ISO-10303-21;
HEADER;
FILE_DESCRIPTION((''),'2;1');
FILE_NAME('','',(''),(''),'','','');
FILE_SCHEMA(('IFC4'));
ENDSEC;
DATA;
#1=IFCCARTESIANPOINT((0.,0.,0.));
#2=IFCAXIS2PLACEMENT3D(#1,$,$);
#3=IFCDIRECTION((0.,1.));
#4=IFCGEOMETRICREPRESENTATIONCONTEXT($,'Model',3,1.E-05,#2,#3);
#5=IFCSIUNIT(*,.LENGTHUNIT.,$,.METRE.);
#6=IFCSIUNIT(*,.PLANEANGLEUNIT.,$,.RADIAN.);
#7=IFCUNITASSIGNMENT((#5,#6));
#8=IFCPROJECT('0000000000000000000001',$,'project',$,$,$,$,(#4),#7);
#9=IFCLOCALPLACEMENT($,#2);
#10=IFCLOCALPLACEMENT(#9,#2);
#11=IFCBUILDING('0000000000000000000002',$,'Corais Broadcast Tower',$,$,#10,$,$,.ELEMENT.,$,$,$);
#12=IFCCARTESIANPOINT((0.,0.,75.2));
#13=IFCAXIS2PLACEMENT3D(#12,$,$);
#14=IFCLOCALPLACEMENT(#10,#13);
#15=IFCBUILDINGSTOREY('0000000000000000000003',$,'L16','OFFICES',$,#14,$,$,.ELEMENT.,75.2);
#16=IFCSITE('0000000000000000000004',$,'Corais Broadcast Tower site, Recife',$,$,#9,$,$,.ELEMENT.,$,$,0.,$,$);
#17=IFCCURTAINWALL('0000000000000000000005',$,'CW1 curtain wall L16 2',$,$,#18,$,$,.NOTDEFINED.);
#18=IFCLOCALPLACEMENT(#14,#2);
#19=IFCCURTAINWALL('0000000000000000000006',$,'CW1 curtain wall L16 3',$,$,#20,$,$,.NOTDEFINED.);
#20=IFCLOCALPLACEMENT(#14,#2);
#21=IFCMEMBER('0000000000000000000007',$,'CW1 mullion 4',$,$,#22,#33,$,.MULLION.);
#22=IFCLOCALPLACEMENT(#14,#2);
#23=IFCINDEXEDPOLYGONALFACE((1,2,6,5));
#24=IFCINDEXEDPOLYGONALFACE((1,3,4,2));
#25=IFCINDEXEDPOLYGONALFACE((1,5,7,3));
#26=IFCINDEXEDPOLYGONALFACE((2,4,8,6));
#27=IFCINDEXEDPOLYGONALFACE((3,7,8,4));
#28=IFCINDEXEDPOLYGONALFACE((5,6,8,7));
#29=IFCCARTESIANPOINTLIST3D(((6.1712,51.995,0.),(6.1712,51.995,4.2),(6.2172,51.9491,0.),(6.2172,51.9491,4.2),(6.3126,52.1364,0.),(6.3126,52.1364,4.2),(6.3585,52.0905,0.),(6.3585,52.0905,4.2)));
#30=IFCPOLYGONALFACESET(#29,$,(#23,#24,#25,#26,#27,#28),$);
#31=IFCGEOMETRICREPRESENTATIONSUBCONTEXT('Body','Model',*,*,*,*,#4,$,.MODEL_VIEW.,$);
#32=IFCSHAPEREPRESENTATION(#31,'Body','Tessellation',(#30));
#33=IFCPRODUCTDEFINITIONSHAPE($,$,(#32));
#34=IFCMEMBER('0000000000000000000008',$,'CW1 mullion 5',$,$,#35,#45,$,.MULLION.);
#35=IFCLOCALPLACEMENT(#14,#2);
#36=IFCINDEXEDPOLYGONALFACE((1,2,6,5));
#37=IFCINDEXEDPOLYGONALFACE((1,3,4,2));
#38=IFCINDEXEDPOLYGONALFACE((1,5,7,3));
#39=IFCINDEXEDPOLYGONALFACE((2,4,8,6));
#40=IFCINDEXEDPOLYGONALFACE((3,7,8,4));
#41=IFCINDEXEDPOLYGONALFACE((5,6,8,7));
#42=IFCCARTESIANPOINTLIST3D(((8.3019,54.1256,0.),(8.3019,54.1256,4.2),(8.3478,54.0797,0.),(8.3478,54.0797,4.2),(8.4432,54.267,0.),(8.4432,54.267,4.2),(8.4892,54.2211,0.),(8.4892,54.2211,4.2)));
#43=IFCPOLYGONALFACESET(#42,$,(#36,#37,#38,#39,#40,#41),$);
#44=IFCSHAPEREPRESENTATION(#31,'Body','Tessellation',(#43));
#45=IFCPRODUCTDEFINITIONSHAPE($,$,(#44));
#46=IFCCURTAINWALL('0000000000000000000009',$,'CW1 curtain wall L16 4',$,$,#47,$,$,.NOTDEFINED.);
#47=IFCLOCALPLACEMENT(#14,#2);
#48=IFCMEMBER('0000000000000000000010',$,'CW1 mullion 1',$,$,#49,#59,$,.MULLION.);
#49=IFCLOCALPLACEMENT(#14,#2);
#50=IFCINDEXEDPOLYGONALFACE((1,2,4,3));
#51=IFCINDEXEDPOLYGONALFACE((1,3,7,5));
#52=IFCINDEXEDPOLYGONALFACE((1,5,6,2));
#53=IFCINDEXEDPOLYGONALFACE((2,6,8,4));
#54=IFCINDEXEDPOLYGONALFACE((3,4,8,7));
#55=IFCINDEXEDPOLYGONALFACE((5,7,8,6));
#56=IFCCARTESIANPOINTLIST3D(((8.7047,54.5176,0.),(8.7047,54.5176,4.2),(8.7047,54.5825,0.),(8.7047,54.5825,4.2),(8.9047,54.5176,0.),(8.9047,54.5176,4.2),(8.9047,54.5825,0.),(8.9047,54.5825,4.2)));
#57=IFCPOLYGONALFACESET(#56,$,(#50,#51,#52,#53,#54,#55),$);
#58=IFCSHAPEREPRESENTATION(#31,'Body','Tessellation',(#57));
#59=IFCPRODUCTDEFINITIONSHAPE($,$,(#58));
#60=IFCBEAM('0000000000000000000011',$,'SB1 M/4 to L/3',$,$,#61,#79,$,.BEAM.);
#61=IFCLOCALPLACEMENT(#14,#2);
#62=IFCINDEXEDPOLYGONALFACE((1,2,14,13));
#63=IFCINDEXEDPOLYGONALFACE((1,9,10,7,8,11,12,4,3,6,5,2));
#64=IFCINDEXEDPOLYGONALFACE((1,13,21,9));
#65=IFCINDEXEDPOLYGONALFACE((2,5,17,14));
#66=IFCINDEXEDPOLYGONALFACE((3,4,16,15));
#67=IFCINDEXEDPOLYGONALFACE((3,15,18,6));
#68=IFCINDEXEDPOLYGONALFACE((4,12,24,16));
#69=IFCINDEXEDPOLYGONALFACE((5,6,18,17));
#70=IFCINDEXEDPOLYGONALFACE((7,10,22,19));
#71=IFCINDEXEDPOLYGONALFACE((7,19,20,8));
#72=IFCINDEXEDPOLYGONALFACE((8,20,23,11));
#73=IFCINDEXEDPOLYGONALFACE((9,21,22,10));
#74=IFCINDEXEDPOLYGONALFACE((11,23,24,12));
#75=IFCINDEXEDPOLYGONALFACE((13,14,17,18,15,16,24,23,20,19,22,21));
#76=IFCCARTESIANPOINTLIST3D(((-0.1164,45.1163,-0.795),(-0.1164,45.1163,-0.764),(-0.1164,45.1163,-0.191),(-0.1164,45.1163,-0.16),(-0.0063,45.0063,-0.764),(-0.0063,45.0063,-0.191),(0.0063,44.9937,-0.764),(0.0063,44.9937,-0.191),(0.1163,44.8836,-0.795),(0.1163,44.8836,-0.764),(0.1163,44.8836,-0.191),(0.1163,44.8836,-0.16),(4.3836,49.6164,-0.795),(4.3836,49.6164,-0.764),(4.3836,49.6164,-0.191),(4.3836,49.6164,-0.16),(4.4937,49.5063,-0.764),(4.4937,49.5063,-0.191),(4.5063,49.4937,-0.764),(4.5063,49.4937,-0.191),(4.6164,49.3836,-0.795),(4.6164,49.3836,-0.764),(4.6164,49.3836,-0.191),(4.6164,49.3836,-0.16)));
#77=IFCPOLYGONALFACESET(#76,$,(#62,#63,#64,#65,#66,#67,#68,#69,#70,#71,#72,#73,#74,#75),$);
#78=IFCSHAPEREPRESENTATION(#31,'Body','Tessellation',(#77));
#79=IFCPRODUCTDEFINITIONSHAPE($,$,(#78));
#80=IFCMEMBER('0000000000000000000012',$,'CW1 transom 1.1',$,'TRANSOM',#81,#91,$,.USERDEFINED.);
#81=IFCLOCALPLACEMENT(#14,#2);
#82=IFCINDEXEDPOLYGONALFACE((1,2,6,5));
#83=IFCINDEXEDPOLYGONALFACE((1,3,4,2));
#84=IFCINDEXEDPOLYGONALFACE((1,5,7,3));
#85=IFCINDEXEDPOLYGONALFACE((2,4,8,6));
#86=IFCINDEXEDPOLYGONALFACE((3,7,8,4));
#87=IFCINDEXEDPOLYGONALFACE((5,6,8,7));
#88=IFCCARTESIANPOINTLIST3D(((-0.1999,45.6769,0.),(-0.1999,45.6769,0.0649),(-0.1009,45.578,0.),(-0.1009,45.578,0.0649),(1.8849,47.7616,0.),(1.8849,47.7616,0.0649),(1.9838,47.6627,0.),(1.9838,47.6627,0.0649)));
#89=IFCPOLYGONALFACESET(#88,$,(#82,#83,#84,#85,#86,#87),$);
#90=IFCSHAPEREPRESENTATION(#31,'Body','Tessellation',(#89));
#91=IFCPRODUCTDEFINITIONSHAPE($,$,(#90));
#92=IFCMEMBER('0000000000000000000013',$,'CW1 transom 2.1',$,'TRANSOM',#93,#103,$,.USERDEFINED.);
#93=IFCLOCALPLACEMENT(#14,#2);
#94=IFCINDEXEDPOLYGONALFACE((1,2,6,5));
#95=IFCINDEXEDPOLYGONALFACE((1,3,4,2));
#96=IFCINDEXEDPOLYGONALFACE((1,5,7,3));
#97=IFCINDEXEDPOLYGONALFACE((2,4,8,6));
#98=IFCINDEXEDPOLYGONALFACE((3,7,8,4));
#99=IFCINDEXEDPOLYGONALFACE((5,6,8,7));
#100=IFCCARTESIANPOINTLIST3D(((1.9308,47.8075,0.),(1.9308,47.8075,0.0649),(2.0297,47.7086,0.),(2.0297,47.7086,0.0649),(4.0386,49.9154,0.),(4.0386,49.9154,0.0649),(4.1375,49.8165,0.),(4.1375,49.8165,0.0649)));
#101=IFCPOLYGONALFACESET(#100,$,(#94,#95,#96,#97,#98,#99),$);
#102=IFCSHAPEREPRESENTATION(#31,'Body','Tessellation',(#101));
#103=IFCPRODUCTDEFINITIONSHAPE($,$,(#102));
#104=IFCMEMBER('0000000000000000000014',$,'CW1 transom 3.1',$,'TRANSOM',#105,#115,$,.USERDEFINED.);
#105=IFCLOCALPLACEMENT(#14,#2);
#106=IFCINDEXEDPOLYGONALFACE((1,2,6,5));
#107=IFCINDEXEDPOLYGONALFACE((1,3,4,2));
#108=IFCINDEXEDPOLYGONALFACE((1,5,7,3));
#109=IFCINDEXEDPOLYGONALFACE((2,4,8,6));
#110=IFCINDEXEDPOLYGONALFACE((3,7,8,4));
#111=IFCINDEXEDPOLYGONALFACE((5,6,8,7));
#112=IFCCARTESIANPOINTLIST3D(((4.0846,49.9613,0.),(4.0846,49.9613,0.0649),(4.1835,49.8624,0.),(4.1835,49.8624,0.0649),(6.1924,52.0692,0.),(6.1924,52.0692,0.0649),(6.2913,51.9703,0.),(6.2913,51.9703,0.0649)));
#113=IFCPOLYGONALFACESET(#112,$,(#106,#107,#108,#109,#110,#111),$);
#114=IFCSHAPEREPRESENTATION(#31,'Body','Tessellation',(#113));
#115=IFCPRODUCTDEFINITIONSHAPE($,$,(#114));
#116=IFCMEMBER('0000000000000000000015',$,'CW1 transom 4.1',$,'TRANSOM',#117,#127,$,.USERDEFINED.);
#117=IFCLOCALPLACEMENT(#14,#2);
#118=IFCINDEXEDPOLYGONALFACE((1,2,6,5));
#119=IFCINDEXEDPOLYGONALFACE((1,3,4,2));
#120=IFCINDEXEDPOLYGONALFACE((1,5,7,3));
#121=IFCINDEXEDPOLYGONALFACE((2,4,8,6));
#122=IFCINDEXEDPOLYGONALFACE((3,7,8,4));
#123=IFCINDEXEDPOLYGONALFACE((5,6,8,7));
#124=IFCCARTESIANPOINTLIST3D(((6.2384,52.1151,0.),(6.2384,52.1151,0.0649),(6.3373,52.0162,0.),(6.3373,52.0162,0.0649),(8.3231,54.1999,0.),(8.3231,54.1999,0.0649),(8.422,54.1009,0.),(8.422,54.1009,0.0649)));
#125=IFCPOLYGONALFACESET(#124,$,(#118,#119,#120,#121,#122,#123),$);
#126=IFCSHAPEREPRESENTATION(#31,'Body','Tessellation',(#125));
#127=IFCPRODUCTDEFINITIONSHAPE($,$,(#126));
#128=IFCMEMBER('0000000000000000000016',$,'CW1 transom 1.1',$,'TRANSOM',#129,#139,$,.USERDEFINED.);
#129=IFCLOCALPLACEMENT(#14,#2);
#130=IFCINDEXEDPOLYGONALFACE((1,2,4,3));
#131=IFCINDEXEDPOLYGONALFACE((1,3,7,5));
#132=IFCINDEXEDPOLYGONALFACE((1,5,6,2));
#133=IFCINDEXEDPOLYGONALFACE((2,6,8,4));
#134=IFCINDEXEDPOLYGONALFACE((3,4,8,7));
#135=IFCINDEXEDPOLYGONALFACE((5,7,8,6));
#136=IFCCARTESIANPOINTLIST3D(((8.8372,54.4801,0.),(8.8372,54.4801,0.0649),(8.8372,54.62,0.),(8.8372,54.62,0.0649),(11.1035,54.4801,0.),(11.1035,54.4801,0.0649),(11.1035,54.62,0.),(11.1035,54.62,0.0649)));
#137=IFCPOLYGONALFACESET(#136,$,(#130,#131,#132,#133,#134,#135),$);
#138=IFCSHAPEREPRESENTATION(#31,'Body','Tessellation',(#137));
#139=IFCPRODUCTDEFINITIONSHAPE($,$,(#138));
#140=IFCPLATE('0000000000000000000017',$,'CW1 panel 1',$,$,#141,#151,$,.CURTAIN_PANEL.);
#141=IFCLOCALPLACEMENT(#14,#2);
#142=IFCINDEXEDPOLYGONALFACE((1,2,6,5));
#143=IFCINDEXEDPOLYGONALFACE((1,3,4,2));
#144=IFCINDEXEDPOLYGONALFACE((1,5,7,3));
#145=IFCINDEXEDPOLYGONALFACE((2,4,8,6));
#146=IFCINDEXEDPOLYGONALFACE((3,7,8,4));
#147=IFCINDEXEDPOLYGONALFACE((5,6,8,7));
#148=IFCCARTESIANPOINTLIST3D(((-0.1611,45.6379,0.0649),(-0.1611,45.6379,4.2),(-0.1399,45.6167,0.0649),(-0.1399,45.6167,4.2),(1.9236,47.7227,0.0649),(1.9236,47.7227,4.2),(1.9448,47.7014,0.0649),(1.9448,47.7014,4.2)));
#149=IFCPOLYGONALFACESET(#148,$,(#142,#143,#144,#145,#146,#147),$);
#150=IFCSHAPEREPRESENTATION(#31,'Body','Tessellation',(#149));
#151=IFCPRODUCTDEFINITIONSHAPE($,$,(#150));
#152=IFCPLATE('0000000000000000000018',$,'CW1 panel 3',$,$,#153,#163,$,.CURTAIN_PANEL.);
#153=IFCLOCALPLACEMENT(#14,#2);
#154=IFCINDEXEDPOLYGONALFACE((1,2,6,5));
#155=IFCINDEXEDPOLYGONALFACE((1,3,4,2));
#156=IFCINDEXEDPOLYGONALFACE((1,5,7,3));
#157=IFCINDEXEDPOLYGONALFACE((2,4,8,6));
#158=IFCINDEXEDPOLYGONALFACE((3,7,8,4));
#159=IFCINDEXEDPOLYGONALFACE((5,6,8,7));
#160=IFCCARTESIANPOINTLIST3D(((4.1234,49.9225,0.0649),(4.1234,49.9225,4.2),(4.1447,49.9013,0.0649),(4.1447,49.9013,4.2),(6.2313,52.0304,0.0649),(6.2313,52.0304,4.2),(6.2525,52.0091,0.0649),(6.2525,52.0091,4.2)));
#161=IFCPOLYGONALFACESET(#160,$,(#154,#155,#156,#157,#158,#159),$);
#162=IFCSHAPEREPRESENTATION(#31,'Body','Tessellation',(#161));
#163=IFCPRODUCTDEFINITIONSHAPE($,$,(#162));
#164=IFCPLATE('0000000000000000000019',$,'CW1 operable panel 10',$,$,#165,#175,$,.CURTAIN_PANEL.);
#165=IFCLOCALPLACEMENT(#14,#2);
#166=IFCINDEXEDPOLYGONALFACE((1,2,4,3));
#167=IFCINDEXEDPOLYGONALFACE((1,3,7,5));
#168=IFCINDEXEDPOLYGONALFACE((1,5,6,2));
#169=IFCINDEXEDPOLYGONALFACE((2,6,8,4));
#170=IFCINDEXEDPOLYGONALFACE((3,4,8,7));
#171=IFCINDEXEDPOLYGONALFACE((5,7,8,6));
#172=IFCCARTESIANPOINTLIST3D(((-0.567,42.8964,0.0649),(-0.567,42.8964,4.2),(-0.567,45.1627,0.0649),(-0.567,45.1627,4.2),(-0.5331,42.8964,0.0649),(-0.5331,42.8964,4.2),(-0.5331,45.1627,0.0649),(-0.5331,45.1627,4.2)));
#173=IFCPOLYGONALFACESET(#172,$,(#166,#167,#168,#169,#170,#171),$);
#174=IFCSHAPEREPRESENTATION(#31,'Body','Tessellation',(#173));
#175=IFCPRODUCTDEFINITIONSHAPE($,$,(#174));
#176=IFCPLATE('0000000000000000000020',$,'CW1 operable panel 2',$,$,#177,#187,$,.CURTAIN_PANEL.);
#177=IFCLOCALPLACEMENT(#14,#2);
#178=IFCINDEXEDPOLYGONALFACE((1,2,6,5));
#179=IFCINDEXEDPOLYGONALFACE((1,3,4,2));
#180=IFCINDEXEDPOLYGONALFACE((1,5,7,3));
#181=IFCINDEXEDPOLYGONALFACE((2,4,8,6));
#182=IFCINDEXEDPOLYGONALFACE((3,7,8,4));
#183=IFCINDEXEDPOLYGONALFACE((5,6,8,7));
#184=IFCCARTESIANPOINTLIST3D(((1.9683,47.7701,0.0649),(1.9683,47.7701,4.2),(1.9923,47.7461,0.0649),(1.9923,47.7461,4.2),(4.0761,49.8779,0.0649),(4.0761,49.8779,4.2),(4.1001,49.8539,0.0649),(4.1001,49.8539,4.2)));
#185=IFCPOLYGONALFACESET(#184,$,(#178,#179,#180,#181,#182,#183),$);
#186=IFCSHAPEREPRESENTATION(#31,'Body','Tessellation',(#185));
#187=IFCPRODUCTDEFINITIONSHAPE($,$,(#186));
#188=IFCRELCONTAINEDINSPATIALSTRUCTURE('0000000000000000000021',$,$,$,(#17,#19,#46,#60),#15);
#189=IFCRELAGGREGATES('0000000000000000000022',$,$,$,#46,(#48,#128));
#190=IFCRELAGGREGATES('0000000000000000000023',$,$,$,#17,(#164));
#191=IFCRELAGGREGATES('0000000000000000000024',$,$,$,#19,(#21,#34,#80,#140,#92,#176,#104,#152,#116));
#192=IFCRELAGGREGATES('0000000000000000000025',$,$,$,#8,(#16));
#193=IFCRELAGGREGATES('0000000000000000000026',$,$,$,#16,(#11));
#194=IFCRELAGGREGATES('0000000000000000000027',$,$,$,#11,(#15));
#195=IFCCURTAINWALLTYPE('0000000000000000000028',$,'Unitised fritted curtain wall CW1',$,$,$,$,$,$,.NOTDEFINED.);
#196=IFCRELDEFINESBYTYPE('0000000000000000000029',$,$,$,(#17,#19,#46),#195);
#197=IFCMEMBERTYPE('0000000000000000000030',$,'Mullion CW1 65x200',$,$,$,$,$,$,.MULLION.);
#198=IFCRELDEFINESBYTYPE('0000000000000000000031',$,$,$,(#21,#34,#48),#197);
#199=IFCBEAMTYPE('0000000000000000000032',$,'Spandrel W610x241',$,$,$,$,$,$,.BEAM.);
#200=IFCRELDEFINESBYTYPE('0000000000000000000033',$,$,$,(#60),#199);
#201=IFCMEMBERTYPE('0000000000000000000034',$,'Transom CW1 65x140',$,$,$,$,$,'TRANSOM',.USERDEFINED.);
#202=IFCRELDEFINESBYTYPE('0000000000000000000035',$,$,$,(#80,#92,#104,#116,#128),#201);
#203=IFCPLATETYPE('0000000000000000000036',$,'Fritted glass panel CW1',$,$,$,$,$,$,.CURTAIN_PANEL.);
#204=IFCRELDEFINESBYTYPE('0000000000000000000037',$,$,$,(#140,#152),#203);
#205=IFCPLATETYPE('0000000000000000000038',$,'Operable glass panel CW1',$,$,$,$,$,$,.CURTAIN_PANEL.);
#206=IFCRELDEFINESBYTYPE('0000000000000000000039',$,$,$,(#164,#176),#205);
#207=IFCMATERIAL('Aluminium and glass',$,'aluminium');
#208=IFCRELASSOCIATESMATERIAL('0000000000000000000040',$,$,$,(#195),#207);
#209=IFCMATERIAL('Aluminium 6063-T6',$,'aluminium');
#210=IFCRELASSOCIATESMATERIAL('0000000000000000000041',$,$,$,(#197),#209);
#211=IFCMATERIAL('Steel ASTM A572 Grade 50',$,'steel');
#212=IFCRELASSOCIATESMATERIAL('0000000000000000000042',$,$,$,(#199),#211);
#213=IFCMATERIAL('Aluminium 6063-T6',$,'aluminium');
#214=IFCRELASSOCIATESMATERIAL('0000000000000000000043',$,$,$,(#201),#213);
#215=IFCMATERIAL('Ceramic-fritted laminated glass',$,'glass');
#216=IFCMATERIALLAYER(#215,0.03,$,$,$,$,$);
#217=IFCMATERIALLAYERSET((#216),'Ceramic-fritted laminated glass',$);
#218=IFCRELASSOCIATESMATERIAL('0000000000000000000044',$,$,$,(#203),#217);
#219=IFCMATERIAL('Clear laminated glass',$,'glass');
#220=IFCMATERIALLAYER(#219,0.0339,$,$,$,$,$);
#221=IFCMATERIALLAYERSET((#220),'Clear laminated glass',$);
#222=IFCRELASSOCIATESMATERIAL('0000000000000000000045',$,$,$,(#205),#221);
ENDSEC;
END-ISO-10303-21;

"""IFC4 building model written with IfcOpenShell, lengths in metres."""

from ifc_helpers import new_model, si_unit, direction, frame, origin, origin_2d, place, context, subcontext, project, spatial, rectangle, i_section, extrude, material, layer, layer_set, material_profile, profile_set, type_object, element, aggregate, save


model = new_model("IFC4")

# Units and contexts
model_context = context("Model", 3, precision=1e-05, world=origin(), true_north=direction((0.0, 1.0)))
body_context = subcontext(model_context, "Body", "Model", "MODEL_VIEW")
ifc_project = project(units=[si_unit("LENGTHUNIT", "METRE"), si_unit("PLANEANGLEUNIT", "RADIAN")], contexts=[model_context])

# Site, building, storey
site_placement = place(None, origin())
site = spatial("IfcSite", under=ifc_project, at=site_placement, Name="Corais Broadcast Tower site, Recife", CompositionType="ELEMENT", RefElevation=0.0)
building_placement = place(site_placement, origin())
building = spatial("IfcBuilding", under=site, at=building_placement, Name="Corais Broadcast Tower", CompositionType="ELEMENT")
storey_placement = place(building_placement, frame((0.0, 0.0, 75.2)))
storey = spatial("IfcBuildingStorey", under=building, at=storey_placement, Name="L16", Description="OFFICES", CompositionType="ELEMENT", Elevation=75.2)

# Curtain wall
ifc_material_1 = material(Name="Aluminium and glass", Category="aluminium")
curtain_wall_type = type_object("IfcCurtainWallType", Name="Unitised fritted curtain wall CW1", PredefinedType="NOTDEFINED", material=ifc_material_1)
curtain_wall_1_placement = place(storey_placement, origin())
curtain_wall_1 = element("IfcCurtainWall", 1, at=curtain_wall_1_placement, inside=storey, type_object=curtain_wall_type, Name="CW1 curtain wall L16 2", PredefinedType="NOTDEFINED")
ifc_material_2 = material(Name="Aluminium 6063-T6", Category="aluminium")
ifc_material_profile_1 = material_profile(ifc_material_2, rectangle(XDim=0.0649, YDim=0.2, at=origin_2d()), Name="Mullion CW1 65x200")
ifc_profile_set_1 = profile_set([ifc_material_profile_1], Name="Aluminium 6063-T6")
member_type_1 = type_object("IfcMemberType", Name="Mullion CW1 65x200", PredefinedType="MULLION", material=ifc_profile_set_1)

# Curtain wall, members
curtain_wall_2_placement = place(storey_placement, origin())
curtain_wall_2 = element("IfcCurtainWall", 2, at=curtain_wall_2_placement, inside=storey, type_object=curtain_wall_type, Name="CW1 curtain wall L16 3", PredefinedType="NOTDEFINED")
member_1_placement = place(storey_placement, frame((6.2649, 52.0427, 0.0), z_axis=(0.0, 0.0, 1.0), x_axis=(-0.707107, 0.707107, 0.0)))
member_1 = element("IfcMember", 3, at=member_1_placement, type_object=member_type_1, Name="CW1 mullion 4", PredefinedType="MULLION", context=body_context, shape_type="SweptSolid", body=[
    extrude(rectangle(XDim=0.0649, YDim=0.2, at=origin_2d()), origin(), (0.0, 0.0, 1.0), 4.2),
])
member_2_placement = place(storey_placement, frame((8.3955, 54.1733, 0.0), z_axis=(0.0, 0.0, 1.0), x_axis=(-0.707107, 0.707107, 0.0)))
member_2 = element("IfcMember", 4, at=member_2_placement, type_object=member_type_1, Name="CW1 mullion 5", PredefinedType="MULLION", context=body_context, shape_type="SweptSolid", body=[
    extrude(rectangle(XDim=0.0649, YDim=0.2, at=origin_2d()), origin(), (0.0, 0.0, 1.0), 4.2),
])

# Curtain wall, member
curtain_wall_3_placement = place(storey_placement, origin())
curtain_wall_3 = element("IfcCurtainWall", 5, at=curtain_wall_3_placement, inside=storey, type_object=curtain_wall_type, Name="CW1 curtain wall L16 4", PredefinedType="NOTDEFINED")
member_3_placement = place(storey_placement, frame((8.8047, 54.55, 0.0), z_axis=(0.0, 0.0, 1.0), x_axis=(0.0, 1.0, 0.0)))
member_3 = element("IfcMember", 6, at=member_3_placement, type_object=member_type_1, Name="CW1 mullion 1", PredefinedType="MULLION", context=body_context, shape_type="SweptSolid", body=[
    extrude(rectangle(XDim=0.0649, YDim=0.2, at=origin_2d()), origin(), (0.0, 0.0, 1.0), 4.2),
])

# Beam
ifc_material_3 = material(Name="Steel ASTM A572 Grade 50", Category="steel")
ifc_material_profile_2 = material_profile(ifc_material_3, i_section(OverallWidth=0.3291, OverallDepth=0.635, WebThickness=0.0178, FlangeThickness=0.031, at=origin_2d()), Name="W610x241")
ifc_profile_set_2 = profile_set([ifc_material_profile_2], Name="Steel ASTM A572 Grade 50")
beam_type_1 = type_object("IfcBeamType", Name="Spandrel W610x241", PredefinedType="BEAM", material=ifc_profile_set_2)
beam_1_placement = place(storey_placement, frame((4.5, 49.5, -0.4775), z_axis=(-0.707107, -0.707107, 0.0), x_axis=(0.707107, -0.707107, 0.0)))
element("IfcBeam", 7, at=beam_1_placement, inside=storey, type_object=beam_type_1, Name="SB1 M/4 to L/3", PredefinedType="BEAM", context=body_context, shape_type="SweptSolid", body=[
    extrude(i_section(OverallWidth=0.3291, OverallDepth=0.635, WebThickness=0.0178, FlangeThickness=0.031, at=origin_2d()), origin(), (0.0, 0.0, 1.0), 6.364),
])

# Members
ifc_material_4 = material(Name="Aluminium 6063-T6", Category="aluminium")
ifc_material_profile_3 = material_profile(ifc_material_4, rectangle(XDim=0.1399, YDim=0.0649, at=origin_2d()), Name="Transom CW1 65x140")
ifc_profile_set_3 = profile_set([ifc_material_profile_3], Name="Aluminium 6063-T6")
member_type_2 = type_object("IfcMemberType", Name="Transom CW1 65x140", ElementType="TRANSOM", PredefinedType="USERDEFINED", material=ifc_profile_set_3)
member_4_placement = place(storey_placement, frame((-0.1504, 45.6274, 0.0325), z_axis=(0.707107, 0.707107, 0.0), x_axis=(-0.707107, 0.707107, 0.0)))
member_4 = element("IfcMember", 8, at=member_4_placement, type_object=member_type_2, Name="CW1 transom 1.1", ObjectType="TRANSOM", PredefinedType="USERDEFINED", context=body_context, shape_type="SweptSolid", body=[
    extrude(rectangle(XDim=0.1399, YDim=0.0649, at=origin_2d()), origin(), (0.0, 0.0, 1.0), 2.9482),
])
member_5_placement = place(storey_placement, frame((1.9802, 47.7581, 0.0325), z_axis=(0.707107, 0.707107, 0.0), x_axis=(-0.707107, 0.707107, 0.0)))
member_5 = element("IfcMember", 9, at=member_5_placement, type_object=member_type_2, Name="CW1 transom 2.1", ObjectType="TRANSOM", PredefinedType="USERDEFINED", context=body_context, shape_type="SweptSolid", body=[
    extrude(rectangle(XDim=0.1399, YDim=0.0649, at=origin_2d()), origin(), (0.0, 0.0, 1.0), 2.981),
])
member_6_placement = place(storey_placement, frame((4.134, 49.9119, 0.0325), z_axis=(0.707107, 0.707107, 0.0), x_axis=(-0.707107, 0.707107, 0.0)))
member_6 = element("IfcMember", 10, at=member_6_placement, type_object=member_type_2, Name="CW1 transom 3.1", ObjectType="TRANSOM", PredefinedType="USERDEFINED", context=body_context, shape_type="SweptSolid", body=[
    extrude(rectangle(XDim=0.1399, YDim=0.0649, at=origin_2d()), origin(), (0.0, 0.0, 1.0), 2.981),
])
member_7_placement = place(storey_placement, frame((6.2878, 52.0657, 0.0325), z_axis=(0.707107, 0.707107, 0.0), x_axis=(-0.707107, 0.707107, 0.0)))
member_7 = element("IfcMember", 11, at=member_7_placement, type_object=member_type_2, Name="CW1 transom 4.1", ObjectType="TRANSOM", PredefinedType="USERDEFINED", context=body_context, shape_type="SweptSolid", body=[
    extrude(rectangle(XDim=0.1399, YDim=0.0649, at=origin_2d()), origin(), (0.0, 0.0, 1.0), 2.9482),
])
member_8_placement = place(storey_placement, frame((8.8372, 54.55, 0.0325), z_axis=(1.0, 0.0, 0.0), x_axis=(0.0, 1.0, 0.0)))
member_8 = element("IfcMember", 12, at=member_8_placement, type_object=member_type_2, Name="CW1 transom 1.1", ObjectType="TRANSOM", PredefinedType="USERDEFINED", context=body_context, shape_type="SweptSolid", body=[
    extrude(rectangle(XDim=0.1399, YDim=0.0649, at=origin_2d()), origin(), (0.0, 0.0, 1.0), 2.2664),
])
aggregate(curtain_wall_3, [member_3, member_8])

# Plates
ifc_material_5 = material(Name="Ceramic-fritted laminated glass", Category="glass")
ifc_layer_1 = layer(ifc_material_5, 0.03)
ifc_layer_set_1 = layer_set([ifc_layer_1], Name="Ceramic-fritted laminated glass")
plate_type_1 = type_object("IfcPlateType", Name="Fritted glass panel CW1", PredefinedType="CURTAIN_PANEL", material=ifc_layer_set_1)
plate_1_placement = place(storey_placement, frame((0.8918, 46.6697, 0.0649), z_axis=(0.0, 0.0, 1.0), x_axis=(0.707107, 0.707107, 0.0)))
plate_1 = element("IfcPlate", 13, at=plate_1_placement, type_object=plate_type_1, Name="CW1 panel 1", PredefinedType="CURTAIN_PANEL", context=body_context, shape_type="SweptSolid", body=[
    extrude(rectangle(XDim=2.9482, YDim=0.03, at=origin_2d()), origin(), (0.0, 0.0, 1.0), 4.135),
])
plate_2_placement = place(storey_placement, frame((5.188, 50.9658, 0.0649), z_axis=(0.0, 0.0, 1.0), x_axis=(0.707107, 0.707107, 0.0)))
plate_2 = element("IfcPlate", 14, at=plate_2_placement, type_object=plate_type_1, Name="CW1 panel 3", PredefinedType="CURTAIN_PANEL", context=body_context, shape_type="SweptSolid", body=[
    extrude(rectangle(XDim=2.981, YDim=0.03, at=origin_2d()), origin(), (0.0, 0.0, 1.0), 4.135),
])
ifc_material_6 = material(Name="Clear laminated glass", Category="glass")
ifc_layer_2 = layer(ifc_material_6, 0.0339)
ifc_layer_set_2 = layer_set([ifc_layer_2], Name="Clear laminated glass")
plate_type_2 = type_object("IfcPlateType", Name="Operable glass panel CW1", PredefinedType="CURTAIN_PANEL", material=ifc_layer_set_2)
plate_3_placement = place(storey_placement, frame((-0.55, 44.0295, 0.0649), z_axis=(0.0, 0.0, 1.0), x_axis=(0.0, 1.0, 0.0)))
plate_3 = element("IfcPlate", 15, at=plate_3_placement, type_object=plate_type_2, Name="CW1 operable panel 10", PredefinedType="CURTAIN_PANEL", context=body_context, shape_type="SweptSolid", body=[
    extrude(rectangle(XDim=2.2664, YDim=0.0339, at=origin_2d()), origin(), (0.0, 0.0, 1.0), 4.135),
])
aggregate(curtain_wall_1, [plate_3])
plate_4_placement = place(storey_placement, frame((3.0342, 48.812, 0.0649), z_axis=(0.0, 0.0, 1.0), x_axis=(0.707107, 0.707107, 0.0)))
plate_4 = element("IfcPlate", 16, at=plate_4_placement, type_object=plate_type_2, Name="CW1 operable panel 2", PredefinedType="CURTAIN_PANEL", context=body_context, shape_type="SweptSolid", body=[
    extrude(rectangle(XDim=2.981, YDim=0.0339, at=origin_2d()), origin(), (0.0, 0.0, 1.0), 4.135),
])
aggregate(curtain_wall_2, [member_1, member_2, member_4, plate_1, member_5, plate_4, member_6, plate_2, member_7])

save(model, "model.ifc")
